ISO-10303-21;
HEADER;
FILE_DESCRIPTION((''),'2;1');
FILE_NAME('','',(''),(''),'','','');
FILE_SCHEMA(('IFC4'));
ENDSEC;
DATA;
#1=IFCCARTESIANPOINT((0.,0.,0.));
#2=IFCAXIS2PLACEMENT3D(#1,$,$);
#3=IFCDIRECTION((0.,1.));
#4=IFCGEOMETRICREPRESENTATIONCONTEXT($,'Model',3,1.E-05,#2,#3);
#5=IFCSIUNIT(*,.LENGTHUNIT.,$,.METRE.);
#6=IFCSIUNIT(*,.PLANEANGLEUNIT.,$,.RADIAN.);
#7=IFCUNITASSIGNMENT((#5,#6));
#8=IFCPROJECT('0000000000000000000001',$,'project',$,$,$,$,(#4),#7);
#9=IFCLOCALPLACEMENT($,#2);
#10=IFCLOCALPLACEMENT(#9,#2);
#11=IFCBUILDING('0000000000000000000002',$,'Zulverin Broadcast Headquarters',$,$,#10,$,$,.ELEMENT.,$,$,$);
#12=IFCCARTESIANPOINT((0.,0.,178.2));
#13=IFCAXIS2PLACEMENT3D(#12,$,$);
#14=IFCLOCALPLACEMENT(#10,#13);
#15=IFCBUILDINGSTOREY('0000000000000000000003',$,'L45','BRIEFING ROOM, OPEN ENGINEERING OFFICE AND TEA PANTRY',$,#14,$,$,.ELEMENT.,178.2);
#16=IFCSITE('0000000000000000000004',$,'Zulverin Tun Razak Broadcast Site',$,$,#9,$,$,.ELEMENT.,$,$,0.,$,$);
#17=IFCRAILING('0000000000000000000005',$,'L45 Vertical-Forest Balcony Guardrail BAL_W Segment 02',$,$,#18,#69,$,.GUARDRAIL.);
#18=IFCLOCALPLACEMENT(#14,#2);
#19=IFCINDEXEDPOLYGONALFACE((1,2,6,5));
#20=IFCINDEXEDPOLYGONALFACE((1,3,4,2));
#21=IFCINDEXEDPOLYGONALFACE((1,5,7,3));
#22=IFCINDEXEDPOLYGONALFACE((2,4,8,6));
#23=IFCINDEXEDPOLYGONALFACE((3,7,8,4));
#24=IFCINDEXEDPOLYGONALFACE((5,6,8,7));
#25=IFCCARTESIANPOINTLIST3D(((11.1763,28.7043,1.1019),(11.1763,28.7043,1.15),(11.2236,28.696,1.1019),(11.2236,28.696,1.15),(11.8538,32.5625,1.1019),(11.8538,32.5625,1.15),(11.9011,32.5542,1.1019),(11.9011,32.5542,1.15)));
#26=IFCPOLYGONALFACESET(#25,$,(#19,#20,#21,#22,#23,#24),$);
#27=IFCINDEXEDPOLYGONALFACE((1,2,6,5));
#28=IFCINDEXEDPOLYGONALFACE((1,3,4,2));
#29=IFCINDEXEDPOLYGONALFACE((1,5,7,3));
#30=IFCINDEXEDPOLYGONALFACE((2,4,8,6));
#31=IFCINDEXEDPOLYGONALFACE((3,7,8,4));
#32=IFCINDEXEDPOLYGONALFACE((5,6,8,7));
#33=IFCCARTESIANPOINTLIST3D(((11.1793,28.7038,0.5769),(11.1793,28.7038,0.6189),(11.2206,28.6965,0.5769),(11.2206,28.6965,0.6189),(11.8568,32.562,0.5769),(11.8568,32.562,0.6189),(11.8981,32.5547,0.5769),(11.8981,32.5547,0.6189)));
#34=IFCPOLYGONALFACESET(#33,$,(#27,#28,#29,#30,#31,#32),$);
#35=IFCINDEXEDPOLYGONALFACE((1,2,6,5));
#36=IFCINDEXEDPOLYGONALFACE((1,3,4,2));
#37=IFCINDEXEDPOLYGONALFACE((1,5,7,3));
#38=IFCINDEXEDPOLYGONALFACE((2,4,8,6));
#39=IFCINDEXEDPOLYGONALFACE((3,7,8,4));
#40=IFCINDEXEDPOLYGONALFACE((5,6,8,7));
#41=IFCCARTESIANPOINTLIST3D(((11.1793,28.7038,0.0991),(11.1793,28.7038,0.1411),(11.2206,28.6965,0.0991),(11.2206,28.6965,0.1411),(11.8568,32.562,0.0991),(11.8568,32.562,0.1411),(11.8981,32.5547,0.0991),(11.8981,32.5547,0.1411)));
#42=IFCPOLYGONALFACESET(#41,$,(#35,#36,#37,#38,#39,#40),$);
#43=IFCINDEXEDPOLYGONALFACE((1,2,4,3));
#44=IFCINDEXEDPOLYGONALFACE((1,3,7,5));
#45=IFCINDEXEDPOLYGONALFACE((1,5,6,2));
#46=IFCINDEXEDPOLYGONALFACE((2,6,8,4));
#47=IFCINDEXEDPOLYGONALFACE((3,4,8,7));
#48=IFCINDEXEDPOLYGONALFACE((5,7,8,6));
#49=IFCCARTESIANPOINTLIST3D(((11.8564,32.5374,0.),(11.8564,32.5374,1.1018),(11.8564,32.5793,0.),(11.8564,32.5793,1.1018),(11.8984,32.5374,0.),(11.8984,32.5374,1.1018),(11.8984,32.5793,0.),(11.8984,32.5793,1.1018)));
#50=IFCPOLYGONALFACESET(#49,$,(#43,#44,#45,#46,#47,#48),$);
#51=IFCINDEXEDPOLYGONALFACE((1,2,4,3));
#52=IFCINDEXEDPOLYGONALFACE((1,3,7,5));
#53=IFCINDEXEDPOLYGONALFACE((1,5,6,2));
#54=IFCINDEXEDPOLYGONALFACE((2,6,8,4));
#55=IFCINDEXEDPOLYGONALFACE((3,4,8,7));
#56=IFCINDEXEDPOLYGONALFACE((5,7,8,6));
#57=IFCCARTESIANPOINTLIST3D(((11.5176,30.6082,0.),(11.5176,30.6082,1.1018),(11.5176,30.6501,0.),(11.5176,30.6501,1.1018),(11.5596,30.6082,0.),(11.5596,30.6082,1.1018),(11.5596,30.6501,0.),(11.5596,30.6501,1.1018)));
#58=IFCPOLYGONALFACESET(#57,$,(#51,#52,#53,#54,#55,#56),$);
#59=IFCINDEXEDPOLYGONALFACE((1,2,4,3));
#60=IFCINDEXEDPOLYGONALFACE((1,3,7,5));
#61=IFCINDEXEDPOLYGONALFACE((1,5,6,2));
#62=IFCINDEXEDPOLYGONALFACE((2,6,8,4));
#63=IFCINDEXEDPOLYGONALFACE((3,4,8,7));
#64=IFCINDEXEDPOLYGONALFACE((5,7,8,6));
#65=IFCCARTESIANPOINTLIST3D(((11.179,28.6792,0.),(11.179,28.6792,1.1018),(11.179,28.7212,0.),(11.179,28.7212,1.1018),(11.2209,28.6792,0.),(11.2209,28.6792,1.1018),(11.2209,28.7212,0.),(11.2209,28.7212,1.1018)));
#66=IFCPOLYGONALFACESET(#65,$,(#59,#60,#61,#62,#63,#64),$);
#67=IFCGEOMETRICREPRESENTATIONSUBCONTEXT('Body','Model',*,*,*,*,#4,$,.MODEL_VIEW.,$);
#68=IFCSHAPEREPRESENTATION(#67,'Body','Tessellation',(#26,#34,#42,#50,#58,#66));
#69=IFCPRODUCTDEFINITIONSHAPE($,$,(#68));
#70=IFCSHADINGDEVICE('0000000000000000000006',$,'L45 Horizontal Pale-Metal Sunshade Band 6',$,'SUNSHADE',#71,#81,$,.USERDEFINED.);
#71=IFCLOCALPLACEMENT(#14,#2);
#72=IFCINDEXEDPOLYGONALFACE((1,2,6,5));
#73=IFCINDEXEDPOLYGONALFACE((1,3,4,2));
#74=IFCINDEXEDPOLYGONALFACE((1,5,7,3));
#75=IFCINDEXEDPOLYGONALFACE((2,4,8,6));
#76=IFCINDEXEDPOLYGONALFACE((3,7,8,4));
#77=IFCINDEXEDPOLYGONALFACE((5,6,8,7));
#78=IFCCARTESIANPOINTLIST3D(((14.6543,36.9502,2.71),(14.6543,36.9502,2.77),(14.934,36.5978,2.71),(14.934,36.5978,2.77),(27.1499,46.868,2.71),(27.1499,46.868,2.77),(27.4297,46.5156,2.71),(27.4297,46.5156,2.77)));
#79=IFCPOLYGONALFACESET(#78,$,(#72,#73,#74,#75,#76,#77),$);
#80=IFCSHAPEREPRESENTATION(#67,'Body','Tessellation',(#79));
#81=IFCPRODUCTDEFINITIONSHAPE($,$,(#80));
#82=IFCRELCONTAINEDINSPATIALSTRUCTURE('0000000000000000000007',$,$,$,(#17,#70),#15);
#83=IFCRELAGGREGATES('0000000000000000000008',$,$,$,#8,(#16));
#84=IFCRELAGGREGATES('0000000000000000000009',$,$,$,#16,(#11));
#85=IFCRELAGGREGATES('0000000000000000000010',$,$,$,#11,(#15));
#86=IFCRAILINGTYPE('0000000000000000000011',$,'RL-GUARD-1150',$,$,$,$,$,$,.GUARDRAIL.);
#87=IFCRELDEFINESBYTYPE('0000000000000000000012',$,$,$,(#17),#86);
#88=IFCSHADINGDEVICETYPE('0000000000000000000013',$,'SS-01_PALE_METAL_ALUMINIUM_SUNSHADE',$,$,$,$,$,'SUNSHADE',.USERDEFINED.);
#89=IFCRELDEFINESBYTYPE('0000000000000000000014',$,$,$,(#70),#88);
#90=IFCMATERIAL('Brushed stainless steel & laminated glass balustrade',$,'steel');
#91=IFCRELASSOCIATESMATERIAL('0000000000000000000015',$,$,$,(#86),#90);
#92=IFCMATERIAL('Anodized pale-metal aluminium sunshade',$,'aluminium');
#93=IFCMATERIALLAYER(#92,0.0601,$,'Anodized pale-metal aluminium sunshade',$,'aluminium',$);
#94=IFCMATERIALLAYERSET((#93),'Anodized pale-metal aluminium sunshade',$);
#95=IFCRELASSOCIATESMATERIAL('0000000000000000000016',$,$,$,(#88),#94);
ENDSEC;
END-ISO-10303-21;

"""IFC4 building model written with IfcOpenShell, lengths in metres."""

from ifc_helpers import new_model, si_unit, direction, frame, origin, origin_2d, place, context, subcontext, project, spatial, rectangle, extrude, material, layer, layer_set, type_object, element, save


model = new_model("IFC4")

# Units and contexts
model_context = context("Model", 3, precision=1e-05, world=origin(), true_north=direction((0.0, 1.0)))
body_context = subcontext(model_context, "Body", "Model", "MODEL_VIEW")
ifc_project = project(units=[si_unit("LENGTHUNIT", "METRE"), si_unit("PLANEANGLEUNIT", "RADIAN")], contexts=[model_context])

# Site, building, storey
site_placement = place(None, origin())
site = spatial("IfcSite", under=ifc_project, at=site_placement, Name="Zulverin Tun Razak Broadcast Site", CompositionType="ELEMENT", RefElevation=0.0)
building_placement = place(site_placement, origin())
building = spatial("IfcBuilding", under=site, at=building_placement, Name="Zulverin Broadcast Headquarters", CompositionType="ELEMENT")
storey_placement = place(building_placement, frame((0.0, 0.0, 178.2)))
storey = spatial("IfcBuildingStorey", under=building, at=storey_placement, Name="L45", Description="BRIEFING ROOM, OPEN ENGINEERING OFFICE AND TEA PANTRY", CompositionType="ELEMENT", Elevation=178.2)

# Railing
ifc_material_1 = material(Name="Brushed stainless steel & laminated glass balustrade", Category="steel")
railing_type = type_object("IfcRailingType", Name="RL-GUARD-1150", PredefinedType="GUARDRAIL", material=ifc_material_1)
railing_placement = place(storey_placement, frame((11.8774, 32.5583, 0.0)))
element("IfcRailing", 1, at=railing_placement, inside=storey, type_object=railing_type, Name="L45 Vertical-Forest Balcony Guardrail BAL_W Segment 02", PredefinedType="GUARDRAIL", context=body_context, shape_type="SweptSolid", body=[
    extrude(rectangle(XDim=0.0481, YDim=0.0481, at=origin_2d()), frame((0.0, 0.0, 1.126), z_axis=(-0.172953, -0.98493, 0.0), x_axis=(0.98493, -0.172953, 0.0)), (0.0, 0.0, 1.0), 3.9172),
    extrude(rectangle(XDim=0.042, YDim=0.042, at=origin_2d()), frame((0.0, 0.0, 0.5979), z_axis=(-0.172953, -0.98493, 0.0), x_axis=(0.98493, -0.172953, 0.0)), (0.0, 0.0, 1.0), 3.9172),
    extrude(rectangle(XDim=0.042, YDim=0.042, at=origin_2d()), frame((0.0, 0.0, 0.1201), z_axis=(-0.172953, -0.98493, 0.0), x_axis=(0.98493, -0.172953, 0.0)), (0.0, 0.0, 1.0), 3.9172),
    extrude(rectangle(XDim=0.042, YDim=0.042, at=origin_2d()), origin(), (0.0, 0.0, 1.0), 1.1018),
    extrude(rectangle(XDim=0.042, YDim=0.042, at=origin_2d()), frame((-0.3389, -1.9292, 0.0)), (0.0, 0.0, 1.0), 1.1018),
    extrude(rectangle(XDim=0.042, YDim=0.042, at=origin_2d()), frame((-0.6775, -3.8582, 0.0)), (0.0, 0.0, 1.0), 1.1018),
])

# Shading device
ifc_material_2 = material(Name="Anodized pale-metal aluminium sunshade", Category="aluminium")
ifc_layer_1 = layer(ifc_material_2, 0.0601, Name="Anodized pale-metal aluminium sunshade", Category="aluminium")
ifc_layer_set_1 = layer_set([ifc_layer_1], Name="Anodized pale-metal aluminium sunshade")
shading_device_type = type_object("IfcShadingDeviceType", Name="SS-01_PALE_METAL_ALUMINIUM_SUNSHADE", ElementType="SUNSHADE", PredefinedType="USERDEFINED", material=ifc_layer_set_1)
shading_device_placement = place(storey_placement, frame((21.042, 41.7329, 2.71), z_axis=(0.0, 0.0, 1.0), x_axis=(-0.78327, -0.621681, 0.0)))
element("IfcShadingDevice", 2, at=shading_device_placement, inside=storey, type_object=shading_device_type, Name="L45 Horizontal Pale-Metal Sunshade Band 6", ObjectType="SUNSHADE", PredefinedType="USERDEFINED", context=body_context, shape_type="SweptSolid", body=[
    extrude(rectangle(XDim=15.9531, YDim=0.45, at=origin_2d()), origin(), (0.0, 0.0, 1.0), 0.0601),
])

save(model, "model.ifc")
